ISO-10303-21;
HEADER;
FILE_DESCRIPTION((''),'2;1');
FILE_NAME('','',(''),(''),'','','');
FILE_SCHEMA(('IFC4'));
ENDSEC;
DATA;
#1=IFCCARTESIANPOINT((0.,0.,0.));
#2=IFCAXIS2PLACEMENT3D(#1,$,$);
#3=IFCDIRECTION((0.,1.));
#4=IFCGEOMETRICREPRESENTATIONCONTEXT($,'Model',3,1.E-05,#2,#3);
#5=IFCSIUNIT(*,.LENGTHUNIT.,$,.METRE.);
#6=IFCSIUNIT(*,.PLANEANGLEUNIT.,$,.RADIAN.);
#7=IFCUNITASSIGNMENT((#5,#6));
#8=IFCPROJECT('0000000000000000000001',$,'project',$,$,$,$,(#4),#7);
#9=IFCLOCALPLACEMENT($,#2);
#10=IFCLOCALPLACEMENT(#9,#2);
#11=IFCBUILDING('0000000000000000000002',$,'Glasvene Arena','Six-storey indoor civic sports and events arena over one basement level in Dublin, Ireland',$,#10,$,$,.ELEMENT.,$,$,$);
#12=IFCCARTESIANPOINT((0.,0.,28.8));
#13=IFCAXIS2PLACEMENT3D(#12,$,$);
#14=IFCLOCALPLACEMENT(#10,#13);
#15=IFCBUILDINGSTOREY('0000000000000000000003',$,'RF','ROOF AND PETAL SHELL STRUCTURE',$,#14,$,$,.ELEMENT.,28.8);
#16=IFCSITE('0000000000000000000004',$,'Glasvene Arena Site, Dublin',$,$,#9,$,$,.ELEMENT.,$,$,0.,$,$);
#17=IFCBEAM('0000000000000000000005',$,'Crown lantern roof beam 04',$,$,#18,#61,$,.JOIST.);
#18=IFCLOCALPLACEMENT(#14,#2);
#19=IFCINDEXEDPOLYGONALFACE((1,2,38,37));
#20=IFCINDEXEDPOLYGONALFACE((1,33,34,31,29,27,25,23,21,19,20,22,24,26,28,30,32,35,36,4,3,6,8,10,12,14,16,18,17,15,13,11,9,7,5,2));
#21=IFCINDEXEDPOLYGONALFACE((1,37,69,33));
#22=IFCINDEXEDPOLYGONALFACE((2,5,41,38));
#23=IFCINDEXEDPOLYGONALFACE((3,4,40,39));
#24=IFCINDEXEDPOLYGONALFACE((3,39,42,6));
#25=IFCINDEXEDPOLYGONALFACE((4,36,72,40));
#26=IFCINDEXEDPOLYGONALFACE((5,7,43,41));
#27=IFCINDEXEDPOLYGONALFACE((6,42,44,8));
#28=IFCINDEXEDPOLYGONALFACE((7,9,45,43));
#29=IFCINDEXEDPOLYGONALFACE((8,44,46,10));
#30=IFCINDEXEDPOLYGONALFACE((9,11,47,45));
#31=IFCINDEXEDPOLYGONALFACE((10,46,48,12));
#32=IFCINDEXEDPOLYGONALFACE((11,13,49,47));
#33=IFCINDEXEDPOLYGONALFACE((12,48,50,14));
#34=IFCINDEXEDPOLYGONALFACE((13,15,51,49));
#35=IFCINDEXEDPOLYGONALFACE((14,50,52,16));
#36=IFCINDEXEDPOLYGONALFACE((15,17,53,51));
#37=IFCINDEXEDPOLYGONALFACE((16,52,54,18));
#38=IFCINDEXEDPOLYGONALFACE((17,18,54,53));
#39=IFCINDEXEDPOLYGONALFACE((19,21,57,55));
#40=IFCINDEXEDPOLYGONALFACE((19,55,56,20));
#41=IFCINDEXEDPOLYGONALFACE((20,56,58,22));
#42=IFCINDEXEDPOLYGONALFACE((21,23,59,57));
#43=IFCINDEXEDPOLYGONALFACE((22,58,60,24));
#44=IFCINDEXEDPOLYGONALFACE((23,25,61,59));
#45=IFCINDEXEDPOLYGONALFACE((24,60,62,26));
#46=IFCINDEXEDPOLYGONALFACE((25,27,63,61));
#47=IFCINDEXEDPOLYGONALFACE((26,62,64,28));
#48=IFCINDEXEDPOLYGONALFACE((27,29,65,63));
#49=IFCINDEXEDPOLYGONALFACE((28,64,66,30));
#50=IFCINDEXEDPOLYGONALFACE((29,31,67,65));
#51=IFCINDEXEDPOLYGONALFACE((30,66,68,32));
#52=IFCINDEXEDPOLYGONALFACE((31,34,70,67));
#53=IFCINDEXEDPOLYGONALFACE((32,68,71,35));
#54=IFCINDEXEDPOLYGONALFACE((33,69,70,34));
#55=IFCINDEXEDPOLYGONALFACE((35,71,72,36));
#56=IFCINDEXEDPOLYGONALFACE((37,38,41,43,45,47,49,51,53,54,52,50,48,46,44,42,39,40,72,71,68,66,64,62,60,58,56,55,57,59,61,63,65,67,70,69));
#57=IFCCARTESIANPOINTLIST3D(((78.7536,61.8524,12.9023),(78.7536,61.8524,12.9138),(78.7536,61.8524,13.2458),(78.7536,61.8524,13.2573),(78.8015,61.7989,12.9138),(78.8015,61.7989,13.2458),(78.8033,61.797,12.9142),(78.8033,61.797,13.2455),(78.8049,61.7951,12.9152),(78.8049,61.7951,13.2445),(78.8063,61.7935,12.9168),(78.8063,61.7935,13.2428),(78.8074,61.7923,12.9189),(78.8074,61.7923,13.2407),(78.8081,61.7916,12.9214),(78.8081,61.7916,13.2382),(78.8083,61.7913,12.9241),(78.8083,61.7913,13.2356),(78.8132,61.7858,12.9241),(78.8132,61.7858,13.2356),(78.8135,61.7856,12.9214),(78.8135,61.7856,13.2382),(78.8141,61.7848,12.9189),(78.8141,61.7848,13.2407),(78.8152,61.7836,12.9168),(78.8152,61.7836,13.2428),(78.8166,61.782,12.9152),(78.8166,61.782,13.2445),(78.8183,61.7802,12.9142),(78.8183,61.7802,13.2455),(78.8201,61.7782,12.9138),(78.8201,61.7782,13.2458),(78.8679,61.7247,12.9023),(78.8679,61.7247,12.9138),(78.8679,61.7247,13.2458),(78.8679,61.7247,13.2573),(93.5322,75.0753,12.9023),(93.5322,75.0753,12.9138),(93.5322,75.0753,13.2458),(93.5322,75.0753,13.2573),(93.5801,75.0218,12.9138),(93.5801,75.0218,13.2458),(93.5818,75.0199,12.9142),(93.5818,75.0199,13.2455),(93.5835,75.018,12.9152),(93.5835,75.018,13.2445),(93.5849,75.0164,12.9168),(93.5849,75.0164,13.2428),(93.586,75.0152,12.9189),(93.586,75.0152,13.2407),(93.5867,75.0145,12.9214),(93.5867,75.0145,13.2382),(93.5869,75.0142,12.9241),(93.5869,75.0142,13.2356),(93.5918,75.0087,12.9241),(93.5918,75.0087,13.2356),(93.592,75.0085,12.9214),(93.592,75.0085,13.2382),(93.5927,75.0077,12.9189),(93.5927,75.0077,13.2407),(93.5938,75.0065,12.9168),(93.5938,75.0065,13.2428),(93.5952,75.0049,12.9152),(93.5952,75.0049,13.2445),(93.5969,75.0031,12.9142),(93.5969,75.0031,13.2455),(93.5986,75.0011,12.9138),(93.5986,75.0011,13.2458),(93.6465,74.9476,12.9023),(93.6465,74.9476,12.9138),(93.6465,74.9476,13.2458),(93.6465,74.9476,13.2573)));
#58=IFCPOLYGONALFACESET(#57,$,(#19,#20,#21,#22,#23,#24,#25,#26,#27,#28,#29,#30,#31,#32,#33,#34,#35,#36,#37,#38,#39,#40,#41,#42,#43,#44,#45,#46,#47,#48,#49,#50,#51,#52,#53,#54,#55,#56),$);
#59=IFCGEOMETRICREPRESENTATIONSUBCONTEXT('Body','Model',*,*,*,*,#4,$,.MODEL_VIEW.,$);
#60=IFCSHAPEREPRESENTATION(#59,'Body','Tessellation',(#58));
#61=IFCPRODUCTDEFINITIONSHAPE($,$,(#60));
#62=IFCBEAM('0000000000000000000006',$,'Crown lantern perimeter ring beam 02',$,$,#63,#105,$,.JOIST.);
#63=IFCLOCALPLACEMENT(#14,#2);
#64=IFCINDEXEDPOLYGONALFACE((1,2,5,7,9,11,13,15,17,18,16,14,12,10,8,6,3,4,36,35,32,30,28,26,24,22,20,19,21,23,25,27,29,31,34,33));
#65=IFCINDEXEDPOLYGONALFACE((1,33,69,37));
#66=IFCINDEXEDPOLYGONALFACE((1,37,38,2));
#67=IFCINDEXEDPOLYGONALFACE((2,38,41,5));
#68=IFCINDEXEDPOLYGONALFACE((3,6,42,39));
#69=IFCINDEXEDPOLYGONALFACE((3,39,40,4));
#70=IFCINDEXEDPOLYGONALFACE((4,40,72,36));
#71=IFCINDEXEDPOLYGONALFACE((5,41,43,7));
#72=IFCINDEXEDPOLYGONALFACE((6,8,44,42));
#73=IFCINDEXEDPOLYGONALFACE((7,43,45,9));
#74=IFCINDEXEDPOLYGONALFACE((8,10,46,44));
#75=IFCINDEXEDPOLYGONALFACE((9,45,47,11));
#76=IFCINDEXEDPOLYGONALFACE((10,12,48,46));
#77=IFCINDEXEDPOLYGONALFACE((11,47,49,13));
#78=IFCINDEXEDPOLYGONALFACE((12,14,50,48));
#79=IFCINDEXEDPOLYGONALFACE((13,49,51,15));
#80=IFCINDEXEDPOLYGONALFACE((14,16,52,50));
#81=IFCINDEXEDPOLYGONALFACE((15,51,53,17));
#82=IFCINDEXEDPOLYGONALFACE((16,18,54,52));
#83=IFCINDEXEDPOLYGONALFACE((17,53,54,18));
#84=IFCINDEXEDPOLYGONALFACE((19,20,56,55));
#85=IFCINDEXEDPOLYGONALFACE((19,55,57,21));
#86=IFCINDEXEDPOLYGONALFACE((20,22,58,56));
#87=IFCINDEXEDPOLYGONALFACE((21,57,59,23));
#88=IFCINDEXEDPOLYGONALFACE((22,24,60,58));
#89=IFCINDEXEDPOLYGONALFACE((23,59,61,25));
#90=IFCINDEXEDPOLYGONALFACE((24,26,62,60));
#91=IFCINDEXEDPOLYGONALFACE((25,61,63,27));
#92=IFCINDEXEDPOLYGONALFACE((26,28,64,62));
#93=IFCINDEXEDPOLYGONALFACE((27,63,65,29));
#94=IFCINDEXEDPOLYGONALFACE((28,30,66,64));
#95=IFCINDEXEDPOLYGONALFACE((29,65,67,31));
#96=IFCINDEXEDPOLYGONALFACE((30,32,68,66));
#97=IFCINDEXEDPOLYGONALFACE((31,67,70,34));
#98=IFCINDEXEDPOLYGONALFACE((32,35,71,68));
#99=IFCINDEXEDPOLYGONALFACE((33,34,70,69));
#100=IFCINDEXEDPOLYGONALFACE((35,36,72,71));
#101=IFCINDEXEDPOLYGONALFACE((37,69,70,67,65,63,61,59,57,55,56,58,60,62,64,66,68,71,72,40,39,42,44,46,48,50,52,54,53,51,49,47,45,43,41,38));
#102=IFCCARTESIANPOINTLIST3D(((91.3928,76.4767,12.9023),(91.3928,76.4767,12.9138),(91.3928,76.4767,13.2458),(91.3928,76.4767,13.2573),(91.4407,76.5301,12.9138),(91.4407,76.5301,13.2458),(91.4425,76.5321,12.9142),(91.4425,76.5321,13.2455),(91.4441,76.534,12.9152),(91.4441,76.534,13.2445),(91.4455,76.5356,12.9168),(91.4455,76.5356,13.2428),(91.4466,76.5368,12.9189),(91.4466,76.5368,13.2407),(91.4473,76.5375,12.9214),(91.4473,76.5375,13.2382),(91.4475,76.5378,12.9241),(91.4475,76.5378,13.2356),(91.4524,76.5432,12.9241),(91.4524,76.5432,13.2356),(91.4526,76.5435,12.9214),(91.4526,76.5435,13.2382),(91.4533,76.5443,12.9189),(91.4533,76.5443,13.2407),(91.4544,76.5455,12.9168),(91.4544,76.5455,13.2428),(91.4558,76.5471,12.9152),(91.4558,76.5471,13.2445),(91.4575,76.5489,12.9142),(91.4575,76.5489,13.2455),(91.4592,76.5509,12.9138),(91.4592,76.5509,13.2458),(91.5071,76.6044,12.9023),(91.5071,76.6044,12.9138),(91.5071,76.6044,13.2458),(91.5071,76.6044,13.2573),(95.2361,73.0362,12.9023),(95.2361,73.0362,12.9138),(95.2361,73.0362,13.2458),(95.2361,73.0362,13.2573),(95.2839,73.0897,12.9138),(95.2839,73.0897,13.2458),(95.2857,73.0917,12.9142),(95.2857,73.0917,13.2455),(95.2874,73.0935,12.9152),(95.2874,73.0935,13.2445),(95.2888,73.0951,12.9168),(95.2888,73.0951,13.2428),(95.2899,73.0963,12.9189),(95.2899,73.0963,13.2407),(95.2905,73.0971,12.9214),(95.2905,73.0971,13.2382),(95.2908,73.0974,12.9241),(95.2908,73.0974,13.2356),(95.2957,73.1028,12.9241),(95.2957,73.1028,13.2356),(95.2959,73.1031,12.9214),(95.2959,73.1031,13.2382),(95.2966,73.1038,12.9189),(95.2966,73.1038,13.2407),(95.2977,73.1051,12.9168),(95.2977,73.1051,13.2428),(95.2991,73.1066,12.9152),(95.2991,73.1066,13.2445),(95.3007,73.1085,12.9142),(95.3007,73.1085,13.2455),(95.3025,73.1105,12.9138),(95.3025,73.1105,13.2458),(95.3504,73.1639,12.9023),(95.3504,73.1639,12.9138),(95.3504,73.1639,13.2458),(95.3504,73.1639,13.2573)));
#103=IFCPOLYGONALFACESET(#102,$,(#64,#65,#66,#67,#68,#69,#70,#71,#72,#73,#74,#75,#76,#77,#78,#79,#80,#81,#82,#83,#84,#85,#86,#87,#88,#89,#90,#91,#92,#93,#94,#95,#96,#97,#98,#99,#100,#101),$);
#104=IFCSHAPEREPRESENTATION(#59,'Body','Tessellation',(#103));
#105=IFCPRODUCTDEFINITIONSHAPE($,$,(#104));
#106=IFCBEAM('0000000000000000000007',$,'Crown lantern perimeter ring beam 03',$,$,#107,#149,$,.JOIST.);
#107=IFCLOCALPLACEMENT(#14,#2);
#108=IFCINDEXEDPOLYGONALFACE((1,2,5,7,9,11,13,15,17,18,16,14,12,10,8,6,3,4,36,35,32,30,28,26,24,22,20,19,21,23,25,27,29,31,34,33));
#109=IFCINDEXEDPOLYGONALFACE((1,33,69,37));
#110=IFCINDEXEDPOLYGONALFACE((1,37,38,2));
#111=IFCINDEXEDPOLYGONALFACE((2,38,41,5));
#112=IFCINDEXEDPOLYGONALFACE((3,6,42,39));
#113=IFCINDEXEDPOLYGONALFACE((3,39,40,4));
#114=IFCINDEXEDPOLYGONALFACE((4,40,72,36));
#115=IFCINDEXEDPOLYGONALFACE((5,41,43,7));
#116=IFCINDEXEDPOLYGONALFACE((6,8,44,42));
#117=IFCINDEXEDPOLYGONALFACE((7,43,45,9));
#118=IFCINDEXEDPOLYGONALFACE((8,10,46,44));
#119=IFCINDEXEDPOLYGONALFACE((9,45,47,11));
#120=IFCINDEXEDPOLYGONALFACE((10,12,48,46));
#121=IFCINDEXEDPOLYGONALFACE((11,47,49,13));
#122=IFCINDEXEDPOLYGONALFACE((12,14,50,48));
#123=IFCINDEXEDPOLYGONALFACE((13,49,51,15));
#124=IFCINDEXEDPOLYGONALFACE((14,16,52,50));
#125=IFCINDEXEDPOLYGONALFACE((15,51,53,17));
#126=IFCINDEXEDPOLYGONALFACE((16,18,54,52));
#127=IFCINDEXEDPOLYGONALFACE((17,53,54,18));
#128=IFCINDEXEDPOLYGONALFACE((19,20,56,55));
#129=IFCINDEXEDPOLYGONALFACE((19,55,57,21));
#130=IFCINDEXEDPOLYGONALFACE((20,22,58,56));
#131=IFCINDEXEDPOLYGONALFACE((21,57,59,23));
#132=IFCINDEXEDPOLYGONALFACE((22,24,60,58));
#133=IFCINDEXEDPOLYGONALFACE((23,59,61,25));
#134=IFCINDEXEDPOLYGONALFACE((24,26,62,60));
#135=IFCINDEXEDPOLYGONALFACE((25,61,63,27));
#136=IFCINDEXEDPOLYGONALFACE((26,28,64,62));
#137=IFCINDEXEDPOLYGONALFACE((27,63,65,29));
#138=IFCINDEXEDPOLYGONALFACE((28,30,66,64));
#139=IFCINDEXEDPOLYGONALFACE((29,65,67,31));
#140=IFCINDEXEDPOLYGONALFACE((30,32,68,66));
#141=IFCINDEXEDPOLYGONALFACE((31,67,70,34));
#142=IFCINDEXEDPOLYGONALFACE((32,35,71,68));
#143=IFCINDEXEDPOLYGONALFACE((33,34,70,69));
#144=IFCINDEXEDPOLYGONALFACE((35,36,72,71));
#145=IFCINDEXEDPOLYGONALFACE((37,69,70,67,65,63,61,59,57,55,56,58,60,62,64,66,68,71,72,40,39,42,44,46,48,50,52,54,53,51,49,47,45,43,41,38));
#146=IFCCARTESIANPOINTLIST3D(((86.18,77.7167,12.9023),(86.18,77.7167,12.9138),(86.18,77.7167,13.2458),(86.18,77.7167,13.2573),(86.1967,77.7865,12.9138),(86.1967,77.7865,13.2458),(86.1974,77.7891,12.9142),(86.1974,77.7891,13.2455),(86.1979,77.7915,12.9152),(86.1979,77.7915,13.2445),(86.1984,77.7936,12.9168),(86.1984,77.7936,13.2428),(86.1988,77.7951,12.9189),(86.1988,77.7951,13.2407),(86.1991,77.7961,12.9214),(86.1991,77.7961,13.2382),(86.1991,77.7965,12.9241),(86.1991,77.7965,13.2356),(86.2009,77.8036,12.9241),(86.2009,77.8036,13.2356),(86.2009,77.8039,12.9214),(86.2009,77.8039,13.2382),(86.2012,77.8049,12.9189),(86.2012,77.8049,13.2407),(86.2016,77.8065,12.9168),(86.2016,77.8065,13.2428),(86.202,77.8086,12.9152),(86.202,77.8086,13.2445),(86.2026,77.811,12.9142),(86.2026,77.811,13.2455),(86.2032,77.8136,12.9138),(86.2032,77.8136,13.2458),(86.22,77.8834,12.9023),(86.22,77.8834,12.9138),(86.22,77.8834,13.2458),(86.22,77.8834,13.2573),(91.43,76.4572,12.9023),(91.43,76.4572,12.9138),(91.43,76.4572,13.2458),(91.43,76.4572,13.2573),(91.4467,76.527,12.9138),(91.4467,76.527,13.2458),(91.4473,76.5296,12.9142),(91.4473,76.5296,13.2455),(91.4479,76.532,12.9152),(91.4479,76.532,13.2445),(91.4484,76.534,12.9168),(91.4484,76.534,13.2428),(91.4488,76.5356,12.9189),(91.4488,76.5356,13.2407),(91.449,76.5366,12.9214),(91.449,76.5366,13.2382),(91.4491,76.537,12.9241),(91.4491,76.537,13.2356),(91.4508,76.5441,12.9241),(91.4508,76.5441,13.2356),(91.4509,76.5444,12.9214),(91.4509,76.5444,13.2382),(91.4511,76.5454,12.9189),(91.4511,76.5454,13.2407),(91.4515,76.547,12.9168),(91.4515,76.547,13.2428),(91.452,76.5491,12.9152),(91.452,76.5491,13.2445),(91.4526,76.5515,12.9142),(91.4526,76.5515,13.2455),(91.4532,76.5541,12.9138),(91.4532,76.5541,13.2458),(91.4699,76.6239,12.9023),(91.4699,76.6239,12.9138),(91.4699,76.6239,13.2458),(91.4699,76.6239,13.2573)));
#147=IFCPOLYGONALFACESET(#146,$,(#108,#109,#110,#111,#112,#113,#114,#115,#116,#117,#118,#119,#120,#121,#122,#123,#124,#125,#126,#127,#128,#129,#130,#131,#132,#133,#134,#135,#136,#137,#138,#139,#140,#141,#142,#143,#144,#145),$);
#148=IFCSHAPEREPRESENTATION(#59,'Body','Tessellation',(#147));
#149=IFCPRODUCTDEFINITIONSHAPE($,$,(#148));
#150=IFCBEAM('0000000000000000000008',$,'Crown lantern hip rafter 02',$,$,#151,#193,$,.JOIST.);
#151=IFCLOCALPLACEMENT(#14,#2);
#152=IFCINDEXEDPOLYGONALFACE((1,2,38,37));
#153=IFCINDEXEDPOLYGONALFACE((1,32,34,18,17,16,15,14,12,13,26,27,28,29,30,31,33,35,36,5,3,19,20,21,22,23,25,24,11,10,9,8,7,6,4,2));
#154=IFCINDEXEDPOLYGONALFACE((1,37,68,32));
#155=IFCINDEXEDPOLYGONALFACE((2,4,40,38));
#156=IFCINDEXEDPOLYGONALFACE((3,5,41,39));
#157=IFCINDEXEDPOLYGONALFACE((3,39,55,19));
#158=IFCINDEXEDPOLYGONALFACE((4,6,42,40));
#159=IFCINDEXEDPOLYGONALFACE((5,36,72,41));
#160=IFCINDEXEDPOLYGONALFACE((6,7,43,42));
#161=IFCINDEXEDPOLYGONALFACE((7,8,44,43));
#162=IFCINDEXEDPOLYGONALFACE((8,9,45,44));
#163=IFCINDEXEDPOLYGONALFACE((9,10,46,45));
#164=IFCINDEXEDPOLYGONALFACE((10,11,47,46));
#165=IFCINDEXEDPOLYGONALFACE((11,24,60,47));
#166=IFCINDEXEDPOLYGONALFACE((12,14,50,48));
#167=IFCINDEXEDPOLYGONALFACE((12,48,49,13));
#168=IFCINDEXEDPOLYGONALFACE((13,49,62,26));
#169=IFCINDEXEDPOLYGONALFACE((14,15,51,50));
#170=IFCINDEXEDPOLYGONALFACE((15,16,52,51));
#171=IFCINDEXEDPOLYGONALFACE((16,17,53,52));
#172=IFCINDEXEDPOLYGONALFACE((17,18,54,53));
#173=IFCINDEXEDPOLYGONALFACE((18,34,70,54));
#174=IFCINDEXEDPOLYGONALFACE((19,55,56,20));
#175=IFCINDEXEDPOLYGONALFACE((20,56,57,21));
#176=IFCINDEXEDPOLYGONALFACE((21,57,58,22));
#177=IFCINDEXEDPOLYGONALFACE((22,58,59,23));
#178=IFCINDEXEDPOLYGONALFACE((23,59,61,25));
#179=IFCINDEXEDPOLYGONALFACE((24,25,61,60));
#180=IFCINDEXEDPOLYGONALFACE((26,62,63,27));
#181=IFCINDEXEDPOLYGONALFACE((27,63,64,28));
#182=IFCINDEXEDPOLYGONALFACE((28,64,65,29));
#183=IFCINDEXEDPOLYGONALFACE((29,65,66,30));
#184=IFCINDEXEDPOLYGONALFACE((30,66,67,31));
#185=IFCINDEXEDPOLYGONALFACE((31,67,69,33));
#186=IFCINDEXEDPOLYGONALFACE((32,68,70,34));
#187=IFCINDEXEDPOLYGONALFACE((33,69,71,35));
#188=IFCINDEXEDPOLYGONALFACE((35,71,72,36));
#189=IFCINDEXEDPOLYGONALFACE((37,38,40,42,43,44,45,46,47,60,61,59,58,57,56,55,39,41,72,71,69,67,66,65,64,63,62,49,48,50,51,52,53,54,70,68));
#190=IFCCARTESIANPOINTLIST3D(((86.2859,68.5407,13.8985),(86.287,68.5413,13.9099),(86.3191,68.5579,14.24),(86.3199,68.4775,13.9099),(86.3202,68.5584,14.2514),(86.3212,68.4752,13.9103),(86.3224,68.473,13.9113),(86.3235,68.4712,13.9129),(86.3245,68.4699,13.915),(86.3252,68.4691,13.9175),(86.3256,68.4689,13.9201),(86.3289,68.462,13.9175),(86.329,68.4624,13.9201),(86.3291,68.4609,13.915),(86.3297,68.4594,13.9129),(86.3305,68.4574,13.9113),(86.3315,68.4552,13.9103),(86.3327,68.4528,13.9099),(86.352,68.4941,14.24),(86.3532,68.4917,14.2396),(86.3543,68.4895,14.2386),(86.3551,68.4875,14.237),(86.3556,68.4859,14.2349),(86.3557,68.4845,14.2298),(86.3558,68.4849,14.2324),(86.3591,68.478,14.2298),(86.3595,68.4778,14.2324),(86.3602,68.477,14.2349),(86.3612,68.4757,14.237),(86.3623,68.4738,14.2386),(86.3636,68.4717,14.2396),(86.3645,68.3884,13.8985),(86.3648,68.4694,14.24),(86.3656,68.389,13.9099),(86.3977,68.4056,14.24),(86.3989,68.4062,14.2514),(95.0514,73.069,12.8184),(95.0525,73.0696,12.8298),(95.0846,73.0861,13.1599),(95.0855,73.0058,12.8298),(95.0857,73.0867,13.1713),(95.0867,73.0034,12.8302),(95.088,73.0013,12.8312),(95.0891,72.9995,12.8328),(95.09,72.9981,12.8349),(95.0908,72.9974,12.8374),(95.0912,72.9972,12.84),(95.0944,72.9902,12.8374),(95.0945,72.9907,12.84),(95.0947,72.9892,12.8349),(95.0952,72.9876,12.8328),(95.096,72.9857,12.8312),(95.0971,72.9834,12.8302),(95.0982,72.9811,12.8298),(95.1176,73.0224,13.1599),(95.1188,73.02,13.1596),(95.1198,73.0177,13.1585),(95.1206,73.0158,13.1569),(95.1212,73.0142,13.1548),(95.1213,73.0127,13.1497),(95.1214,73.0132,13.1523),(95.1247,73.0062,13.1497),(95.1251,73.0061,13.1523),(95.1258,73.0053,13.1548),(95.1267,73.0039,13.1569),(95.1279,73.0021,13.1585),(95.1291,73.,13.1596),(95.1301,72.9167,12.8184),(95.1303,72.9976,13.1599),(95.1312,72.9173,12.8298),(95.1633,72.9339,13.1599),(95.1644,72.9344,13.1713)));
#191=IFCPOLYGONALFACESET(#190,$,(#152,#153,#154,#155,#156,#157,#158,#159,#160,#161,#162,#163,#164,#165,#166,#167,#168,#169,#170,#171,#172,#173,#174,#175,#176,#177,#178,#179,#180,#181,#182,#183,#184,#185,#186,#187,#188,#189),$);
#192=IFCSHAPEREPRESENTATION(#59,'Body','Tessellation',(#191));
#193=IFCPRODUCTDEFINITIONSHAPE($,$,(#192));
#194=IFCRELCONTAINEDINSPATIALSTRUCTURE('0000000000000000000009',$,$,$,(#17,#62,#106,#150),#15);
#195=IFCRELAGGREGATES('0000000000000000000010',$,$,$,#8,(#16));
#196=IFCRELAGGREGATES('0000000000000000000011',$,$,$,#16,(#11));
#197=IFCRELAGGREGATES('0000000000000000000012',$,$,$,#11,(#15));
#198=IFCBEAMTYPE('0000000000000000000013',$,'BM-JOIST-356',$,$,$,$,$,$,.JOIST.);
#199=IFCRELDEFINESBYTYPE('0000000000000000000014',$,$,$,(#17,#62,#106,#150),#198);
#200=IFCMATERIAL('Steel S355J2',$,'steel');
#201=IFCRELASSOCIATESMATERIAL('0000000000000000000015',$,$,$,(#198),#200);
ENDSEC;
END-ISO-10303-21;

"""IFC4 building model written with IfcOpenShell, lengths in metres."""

from ifc_helpers import new_model, si_unit, direction, frame, origin, origin_2d, place, context, subcontext, project, spatial, i_section, extrude, material, material_profile, profile_set, type_object, element, save


model = new_model("IFC4")

# Units and contexts
model_context = context("Model", 3, precision=1e-05, world=origin(), true_north=direction((0.0, 1.0)))
body_context = subcontext(model_context, "Body", "Model", "MODEL_VIEW")
ifc_project = project(units=[si_unit("LENGTHUNIT", "METRE"), si_unit("PLANEANGLEUNIT", "RADIAN")], contexts=[model_context])

# Site, building, storey
site_placement = place(None, origin())
site = spatial("IfcSite", under=ifc_project, at=site_placement, Name="Glasvene Arena Site, Dublin", CompositionType="ELEMENT", RefElevation=0.0)
building_placement = place(site_placement, origin())
building = spatial("IfcBuilding", under=site, at=building_placement, Name="Glasvene Arena", Description="Six-storey indoor civic sports and events arena over one basement level in Dublin, Ireland", CompositionType="ELEMENT")
storey_placement = place(building_placement, frame((0.0, 0.0, 28.8)))
storey = spatial("IfcBuildingStorey", under=building, at=storey_placement, Name="RF", Description="ROOF AND PETAL SHELL STRUCTURE", CompositionType="ELEMENT", Elevation=28.8)

# Beams
ifc_material_1 = material(Name="Steel S355J2", Category="steel")
ifc_material_profile_1 = material_profile(ifc_material_1, i_section(OverallWidth=0.1714, OverallDepth=0.355, WebThickness=0.0073, FlangeThickness=0.0115, FilletRadius=0.0103, at=origin_2d()), Name="UKB 356x171x51")
ifc_profile_set_1 = profile_set([ifc_material_profile_1], Name="Steel S355J2")
beam_type = type_object("IfcBeamType", Name="BM-JOIST-356", PredefinedType="JOIST", material=ifc_profile_set_1)
beam_1_placement = place(storey_placement, frame((93.5894, 75.0115, 13.0798), z_axis=(-0.745242, -0.666794, 0.0), x_axis=(0.666794, -0.745242, 0.0)))
element("IfcBeam", 1, at=beam_1_placement, inside=storey, type_object=beam_type, Name="Crown lantern roof beam 04", PredefinedType="JOIST", context=body_context, shape_type="SweptSolid", body=[
    extrude(i_section(OverallWidth=0.1714, OverallDepth=0.355, WebThickness=0.0073, FlangeThickness=0.0115, FilletRadius=0.0103, at=origin_2d()), origin(), (0.0, 0.0, 1.0), 19.8306),
])
beam_2_placement = place(storey_placement, frame((95.2932, 73.1001, 13.0798), z_axis=(-0.745075, 0.66698, 0.0), x_axis=(-0.66698, -0.745075, 0.0)))
element("IfcBeam", 2, at=beam_2_placement, inside=storey, type_object=beam_type, Name="Crown lantern perimeter ring beam 02", PredefinedType="JOIST", context=body_context, shape_type="SweptSolid", body=[
    extrude(i_section(OverallWidth=0.1714, OverallDepth=0.355, WebThickness=0.0073, FlangeThickness=0.0115, FilletRadius=0.0103, at=origin_2d()), origin(), (0.0, 0.0, 1.0), 5.1582),
])
beam_3_placement = place(storey_placement, frame((91.45, 76.5405, 13.0798), z_axis=(-0.972407, 0.233289, 0.0), x_axis=(-0.233289, -0.972407, 0.0)))
element("IfcBeam", 3, at=beam_3_placement, inside=storey, type_object=beam_type, Name="Crown lantern perimeter ring beam 03", PredefinedType="JOIST", context=body_context, shape_type="SweptSolid", body=[
    extrude(i_section(OverallWidth=0.1714, OverallDepth=0.355, WebThickness=0.0073, FlangeThickness=0.0115, FilletRadius=0.0103, at=origin_2d()), origin(), (0.0, 0.0, 1.0), 5.3989),
])
beam_4_placement = place(storey_placement, frame((95.1079, 73.0017, 12.9949), z_axis=(-0.883174, -0.456247, 0.108822), x_axis=(0.458973, -0.88845, 0.0)))
element("IfcBeam", 4, at=beam_4_placement, inside=storey, type_object=beam_type, Name="Crown lantern hip rafter 02", PredefinedType="JOIST", context=body_context, shape_type="SweptSolid", body=[
    extrude(i_section(OverallWidth=0.1714, OverallDepth=0.355, WebThickness=0.0073, FlangeThickness=0.0115, FilletRadius=0.0103, at=origin_2d()), origin(), (0.0, 0.0, 1.0), 9.925),
])

save(model, "model.ifc")
